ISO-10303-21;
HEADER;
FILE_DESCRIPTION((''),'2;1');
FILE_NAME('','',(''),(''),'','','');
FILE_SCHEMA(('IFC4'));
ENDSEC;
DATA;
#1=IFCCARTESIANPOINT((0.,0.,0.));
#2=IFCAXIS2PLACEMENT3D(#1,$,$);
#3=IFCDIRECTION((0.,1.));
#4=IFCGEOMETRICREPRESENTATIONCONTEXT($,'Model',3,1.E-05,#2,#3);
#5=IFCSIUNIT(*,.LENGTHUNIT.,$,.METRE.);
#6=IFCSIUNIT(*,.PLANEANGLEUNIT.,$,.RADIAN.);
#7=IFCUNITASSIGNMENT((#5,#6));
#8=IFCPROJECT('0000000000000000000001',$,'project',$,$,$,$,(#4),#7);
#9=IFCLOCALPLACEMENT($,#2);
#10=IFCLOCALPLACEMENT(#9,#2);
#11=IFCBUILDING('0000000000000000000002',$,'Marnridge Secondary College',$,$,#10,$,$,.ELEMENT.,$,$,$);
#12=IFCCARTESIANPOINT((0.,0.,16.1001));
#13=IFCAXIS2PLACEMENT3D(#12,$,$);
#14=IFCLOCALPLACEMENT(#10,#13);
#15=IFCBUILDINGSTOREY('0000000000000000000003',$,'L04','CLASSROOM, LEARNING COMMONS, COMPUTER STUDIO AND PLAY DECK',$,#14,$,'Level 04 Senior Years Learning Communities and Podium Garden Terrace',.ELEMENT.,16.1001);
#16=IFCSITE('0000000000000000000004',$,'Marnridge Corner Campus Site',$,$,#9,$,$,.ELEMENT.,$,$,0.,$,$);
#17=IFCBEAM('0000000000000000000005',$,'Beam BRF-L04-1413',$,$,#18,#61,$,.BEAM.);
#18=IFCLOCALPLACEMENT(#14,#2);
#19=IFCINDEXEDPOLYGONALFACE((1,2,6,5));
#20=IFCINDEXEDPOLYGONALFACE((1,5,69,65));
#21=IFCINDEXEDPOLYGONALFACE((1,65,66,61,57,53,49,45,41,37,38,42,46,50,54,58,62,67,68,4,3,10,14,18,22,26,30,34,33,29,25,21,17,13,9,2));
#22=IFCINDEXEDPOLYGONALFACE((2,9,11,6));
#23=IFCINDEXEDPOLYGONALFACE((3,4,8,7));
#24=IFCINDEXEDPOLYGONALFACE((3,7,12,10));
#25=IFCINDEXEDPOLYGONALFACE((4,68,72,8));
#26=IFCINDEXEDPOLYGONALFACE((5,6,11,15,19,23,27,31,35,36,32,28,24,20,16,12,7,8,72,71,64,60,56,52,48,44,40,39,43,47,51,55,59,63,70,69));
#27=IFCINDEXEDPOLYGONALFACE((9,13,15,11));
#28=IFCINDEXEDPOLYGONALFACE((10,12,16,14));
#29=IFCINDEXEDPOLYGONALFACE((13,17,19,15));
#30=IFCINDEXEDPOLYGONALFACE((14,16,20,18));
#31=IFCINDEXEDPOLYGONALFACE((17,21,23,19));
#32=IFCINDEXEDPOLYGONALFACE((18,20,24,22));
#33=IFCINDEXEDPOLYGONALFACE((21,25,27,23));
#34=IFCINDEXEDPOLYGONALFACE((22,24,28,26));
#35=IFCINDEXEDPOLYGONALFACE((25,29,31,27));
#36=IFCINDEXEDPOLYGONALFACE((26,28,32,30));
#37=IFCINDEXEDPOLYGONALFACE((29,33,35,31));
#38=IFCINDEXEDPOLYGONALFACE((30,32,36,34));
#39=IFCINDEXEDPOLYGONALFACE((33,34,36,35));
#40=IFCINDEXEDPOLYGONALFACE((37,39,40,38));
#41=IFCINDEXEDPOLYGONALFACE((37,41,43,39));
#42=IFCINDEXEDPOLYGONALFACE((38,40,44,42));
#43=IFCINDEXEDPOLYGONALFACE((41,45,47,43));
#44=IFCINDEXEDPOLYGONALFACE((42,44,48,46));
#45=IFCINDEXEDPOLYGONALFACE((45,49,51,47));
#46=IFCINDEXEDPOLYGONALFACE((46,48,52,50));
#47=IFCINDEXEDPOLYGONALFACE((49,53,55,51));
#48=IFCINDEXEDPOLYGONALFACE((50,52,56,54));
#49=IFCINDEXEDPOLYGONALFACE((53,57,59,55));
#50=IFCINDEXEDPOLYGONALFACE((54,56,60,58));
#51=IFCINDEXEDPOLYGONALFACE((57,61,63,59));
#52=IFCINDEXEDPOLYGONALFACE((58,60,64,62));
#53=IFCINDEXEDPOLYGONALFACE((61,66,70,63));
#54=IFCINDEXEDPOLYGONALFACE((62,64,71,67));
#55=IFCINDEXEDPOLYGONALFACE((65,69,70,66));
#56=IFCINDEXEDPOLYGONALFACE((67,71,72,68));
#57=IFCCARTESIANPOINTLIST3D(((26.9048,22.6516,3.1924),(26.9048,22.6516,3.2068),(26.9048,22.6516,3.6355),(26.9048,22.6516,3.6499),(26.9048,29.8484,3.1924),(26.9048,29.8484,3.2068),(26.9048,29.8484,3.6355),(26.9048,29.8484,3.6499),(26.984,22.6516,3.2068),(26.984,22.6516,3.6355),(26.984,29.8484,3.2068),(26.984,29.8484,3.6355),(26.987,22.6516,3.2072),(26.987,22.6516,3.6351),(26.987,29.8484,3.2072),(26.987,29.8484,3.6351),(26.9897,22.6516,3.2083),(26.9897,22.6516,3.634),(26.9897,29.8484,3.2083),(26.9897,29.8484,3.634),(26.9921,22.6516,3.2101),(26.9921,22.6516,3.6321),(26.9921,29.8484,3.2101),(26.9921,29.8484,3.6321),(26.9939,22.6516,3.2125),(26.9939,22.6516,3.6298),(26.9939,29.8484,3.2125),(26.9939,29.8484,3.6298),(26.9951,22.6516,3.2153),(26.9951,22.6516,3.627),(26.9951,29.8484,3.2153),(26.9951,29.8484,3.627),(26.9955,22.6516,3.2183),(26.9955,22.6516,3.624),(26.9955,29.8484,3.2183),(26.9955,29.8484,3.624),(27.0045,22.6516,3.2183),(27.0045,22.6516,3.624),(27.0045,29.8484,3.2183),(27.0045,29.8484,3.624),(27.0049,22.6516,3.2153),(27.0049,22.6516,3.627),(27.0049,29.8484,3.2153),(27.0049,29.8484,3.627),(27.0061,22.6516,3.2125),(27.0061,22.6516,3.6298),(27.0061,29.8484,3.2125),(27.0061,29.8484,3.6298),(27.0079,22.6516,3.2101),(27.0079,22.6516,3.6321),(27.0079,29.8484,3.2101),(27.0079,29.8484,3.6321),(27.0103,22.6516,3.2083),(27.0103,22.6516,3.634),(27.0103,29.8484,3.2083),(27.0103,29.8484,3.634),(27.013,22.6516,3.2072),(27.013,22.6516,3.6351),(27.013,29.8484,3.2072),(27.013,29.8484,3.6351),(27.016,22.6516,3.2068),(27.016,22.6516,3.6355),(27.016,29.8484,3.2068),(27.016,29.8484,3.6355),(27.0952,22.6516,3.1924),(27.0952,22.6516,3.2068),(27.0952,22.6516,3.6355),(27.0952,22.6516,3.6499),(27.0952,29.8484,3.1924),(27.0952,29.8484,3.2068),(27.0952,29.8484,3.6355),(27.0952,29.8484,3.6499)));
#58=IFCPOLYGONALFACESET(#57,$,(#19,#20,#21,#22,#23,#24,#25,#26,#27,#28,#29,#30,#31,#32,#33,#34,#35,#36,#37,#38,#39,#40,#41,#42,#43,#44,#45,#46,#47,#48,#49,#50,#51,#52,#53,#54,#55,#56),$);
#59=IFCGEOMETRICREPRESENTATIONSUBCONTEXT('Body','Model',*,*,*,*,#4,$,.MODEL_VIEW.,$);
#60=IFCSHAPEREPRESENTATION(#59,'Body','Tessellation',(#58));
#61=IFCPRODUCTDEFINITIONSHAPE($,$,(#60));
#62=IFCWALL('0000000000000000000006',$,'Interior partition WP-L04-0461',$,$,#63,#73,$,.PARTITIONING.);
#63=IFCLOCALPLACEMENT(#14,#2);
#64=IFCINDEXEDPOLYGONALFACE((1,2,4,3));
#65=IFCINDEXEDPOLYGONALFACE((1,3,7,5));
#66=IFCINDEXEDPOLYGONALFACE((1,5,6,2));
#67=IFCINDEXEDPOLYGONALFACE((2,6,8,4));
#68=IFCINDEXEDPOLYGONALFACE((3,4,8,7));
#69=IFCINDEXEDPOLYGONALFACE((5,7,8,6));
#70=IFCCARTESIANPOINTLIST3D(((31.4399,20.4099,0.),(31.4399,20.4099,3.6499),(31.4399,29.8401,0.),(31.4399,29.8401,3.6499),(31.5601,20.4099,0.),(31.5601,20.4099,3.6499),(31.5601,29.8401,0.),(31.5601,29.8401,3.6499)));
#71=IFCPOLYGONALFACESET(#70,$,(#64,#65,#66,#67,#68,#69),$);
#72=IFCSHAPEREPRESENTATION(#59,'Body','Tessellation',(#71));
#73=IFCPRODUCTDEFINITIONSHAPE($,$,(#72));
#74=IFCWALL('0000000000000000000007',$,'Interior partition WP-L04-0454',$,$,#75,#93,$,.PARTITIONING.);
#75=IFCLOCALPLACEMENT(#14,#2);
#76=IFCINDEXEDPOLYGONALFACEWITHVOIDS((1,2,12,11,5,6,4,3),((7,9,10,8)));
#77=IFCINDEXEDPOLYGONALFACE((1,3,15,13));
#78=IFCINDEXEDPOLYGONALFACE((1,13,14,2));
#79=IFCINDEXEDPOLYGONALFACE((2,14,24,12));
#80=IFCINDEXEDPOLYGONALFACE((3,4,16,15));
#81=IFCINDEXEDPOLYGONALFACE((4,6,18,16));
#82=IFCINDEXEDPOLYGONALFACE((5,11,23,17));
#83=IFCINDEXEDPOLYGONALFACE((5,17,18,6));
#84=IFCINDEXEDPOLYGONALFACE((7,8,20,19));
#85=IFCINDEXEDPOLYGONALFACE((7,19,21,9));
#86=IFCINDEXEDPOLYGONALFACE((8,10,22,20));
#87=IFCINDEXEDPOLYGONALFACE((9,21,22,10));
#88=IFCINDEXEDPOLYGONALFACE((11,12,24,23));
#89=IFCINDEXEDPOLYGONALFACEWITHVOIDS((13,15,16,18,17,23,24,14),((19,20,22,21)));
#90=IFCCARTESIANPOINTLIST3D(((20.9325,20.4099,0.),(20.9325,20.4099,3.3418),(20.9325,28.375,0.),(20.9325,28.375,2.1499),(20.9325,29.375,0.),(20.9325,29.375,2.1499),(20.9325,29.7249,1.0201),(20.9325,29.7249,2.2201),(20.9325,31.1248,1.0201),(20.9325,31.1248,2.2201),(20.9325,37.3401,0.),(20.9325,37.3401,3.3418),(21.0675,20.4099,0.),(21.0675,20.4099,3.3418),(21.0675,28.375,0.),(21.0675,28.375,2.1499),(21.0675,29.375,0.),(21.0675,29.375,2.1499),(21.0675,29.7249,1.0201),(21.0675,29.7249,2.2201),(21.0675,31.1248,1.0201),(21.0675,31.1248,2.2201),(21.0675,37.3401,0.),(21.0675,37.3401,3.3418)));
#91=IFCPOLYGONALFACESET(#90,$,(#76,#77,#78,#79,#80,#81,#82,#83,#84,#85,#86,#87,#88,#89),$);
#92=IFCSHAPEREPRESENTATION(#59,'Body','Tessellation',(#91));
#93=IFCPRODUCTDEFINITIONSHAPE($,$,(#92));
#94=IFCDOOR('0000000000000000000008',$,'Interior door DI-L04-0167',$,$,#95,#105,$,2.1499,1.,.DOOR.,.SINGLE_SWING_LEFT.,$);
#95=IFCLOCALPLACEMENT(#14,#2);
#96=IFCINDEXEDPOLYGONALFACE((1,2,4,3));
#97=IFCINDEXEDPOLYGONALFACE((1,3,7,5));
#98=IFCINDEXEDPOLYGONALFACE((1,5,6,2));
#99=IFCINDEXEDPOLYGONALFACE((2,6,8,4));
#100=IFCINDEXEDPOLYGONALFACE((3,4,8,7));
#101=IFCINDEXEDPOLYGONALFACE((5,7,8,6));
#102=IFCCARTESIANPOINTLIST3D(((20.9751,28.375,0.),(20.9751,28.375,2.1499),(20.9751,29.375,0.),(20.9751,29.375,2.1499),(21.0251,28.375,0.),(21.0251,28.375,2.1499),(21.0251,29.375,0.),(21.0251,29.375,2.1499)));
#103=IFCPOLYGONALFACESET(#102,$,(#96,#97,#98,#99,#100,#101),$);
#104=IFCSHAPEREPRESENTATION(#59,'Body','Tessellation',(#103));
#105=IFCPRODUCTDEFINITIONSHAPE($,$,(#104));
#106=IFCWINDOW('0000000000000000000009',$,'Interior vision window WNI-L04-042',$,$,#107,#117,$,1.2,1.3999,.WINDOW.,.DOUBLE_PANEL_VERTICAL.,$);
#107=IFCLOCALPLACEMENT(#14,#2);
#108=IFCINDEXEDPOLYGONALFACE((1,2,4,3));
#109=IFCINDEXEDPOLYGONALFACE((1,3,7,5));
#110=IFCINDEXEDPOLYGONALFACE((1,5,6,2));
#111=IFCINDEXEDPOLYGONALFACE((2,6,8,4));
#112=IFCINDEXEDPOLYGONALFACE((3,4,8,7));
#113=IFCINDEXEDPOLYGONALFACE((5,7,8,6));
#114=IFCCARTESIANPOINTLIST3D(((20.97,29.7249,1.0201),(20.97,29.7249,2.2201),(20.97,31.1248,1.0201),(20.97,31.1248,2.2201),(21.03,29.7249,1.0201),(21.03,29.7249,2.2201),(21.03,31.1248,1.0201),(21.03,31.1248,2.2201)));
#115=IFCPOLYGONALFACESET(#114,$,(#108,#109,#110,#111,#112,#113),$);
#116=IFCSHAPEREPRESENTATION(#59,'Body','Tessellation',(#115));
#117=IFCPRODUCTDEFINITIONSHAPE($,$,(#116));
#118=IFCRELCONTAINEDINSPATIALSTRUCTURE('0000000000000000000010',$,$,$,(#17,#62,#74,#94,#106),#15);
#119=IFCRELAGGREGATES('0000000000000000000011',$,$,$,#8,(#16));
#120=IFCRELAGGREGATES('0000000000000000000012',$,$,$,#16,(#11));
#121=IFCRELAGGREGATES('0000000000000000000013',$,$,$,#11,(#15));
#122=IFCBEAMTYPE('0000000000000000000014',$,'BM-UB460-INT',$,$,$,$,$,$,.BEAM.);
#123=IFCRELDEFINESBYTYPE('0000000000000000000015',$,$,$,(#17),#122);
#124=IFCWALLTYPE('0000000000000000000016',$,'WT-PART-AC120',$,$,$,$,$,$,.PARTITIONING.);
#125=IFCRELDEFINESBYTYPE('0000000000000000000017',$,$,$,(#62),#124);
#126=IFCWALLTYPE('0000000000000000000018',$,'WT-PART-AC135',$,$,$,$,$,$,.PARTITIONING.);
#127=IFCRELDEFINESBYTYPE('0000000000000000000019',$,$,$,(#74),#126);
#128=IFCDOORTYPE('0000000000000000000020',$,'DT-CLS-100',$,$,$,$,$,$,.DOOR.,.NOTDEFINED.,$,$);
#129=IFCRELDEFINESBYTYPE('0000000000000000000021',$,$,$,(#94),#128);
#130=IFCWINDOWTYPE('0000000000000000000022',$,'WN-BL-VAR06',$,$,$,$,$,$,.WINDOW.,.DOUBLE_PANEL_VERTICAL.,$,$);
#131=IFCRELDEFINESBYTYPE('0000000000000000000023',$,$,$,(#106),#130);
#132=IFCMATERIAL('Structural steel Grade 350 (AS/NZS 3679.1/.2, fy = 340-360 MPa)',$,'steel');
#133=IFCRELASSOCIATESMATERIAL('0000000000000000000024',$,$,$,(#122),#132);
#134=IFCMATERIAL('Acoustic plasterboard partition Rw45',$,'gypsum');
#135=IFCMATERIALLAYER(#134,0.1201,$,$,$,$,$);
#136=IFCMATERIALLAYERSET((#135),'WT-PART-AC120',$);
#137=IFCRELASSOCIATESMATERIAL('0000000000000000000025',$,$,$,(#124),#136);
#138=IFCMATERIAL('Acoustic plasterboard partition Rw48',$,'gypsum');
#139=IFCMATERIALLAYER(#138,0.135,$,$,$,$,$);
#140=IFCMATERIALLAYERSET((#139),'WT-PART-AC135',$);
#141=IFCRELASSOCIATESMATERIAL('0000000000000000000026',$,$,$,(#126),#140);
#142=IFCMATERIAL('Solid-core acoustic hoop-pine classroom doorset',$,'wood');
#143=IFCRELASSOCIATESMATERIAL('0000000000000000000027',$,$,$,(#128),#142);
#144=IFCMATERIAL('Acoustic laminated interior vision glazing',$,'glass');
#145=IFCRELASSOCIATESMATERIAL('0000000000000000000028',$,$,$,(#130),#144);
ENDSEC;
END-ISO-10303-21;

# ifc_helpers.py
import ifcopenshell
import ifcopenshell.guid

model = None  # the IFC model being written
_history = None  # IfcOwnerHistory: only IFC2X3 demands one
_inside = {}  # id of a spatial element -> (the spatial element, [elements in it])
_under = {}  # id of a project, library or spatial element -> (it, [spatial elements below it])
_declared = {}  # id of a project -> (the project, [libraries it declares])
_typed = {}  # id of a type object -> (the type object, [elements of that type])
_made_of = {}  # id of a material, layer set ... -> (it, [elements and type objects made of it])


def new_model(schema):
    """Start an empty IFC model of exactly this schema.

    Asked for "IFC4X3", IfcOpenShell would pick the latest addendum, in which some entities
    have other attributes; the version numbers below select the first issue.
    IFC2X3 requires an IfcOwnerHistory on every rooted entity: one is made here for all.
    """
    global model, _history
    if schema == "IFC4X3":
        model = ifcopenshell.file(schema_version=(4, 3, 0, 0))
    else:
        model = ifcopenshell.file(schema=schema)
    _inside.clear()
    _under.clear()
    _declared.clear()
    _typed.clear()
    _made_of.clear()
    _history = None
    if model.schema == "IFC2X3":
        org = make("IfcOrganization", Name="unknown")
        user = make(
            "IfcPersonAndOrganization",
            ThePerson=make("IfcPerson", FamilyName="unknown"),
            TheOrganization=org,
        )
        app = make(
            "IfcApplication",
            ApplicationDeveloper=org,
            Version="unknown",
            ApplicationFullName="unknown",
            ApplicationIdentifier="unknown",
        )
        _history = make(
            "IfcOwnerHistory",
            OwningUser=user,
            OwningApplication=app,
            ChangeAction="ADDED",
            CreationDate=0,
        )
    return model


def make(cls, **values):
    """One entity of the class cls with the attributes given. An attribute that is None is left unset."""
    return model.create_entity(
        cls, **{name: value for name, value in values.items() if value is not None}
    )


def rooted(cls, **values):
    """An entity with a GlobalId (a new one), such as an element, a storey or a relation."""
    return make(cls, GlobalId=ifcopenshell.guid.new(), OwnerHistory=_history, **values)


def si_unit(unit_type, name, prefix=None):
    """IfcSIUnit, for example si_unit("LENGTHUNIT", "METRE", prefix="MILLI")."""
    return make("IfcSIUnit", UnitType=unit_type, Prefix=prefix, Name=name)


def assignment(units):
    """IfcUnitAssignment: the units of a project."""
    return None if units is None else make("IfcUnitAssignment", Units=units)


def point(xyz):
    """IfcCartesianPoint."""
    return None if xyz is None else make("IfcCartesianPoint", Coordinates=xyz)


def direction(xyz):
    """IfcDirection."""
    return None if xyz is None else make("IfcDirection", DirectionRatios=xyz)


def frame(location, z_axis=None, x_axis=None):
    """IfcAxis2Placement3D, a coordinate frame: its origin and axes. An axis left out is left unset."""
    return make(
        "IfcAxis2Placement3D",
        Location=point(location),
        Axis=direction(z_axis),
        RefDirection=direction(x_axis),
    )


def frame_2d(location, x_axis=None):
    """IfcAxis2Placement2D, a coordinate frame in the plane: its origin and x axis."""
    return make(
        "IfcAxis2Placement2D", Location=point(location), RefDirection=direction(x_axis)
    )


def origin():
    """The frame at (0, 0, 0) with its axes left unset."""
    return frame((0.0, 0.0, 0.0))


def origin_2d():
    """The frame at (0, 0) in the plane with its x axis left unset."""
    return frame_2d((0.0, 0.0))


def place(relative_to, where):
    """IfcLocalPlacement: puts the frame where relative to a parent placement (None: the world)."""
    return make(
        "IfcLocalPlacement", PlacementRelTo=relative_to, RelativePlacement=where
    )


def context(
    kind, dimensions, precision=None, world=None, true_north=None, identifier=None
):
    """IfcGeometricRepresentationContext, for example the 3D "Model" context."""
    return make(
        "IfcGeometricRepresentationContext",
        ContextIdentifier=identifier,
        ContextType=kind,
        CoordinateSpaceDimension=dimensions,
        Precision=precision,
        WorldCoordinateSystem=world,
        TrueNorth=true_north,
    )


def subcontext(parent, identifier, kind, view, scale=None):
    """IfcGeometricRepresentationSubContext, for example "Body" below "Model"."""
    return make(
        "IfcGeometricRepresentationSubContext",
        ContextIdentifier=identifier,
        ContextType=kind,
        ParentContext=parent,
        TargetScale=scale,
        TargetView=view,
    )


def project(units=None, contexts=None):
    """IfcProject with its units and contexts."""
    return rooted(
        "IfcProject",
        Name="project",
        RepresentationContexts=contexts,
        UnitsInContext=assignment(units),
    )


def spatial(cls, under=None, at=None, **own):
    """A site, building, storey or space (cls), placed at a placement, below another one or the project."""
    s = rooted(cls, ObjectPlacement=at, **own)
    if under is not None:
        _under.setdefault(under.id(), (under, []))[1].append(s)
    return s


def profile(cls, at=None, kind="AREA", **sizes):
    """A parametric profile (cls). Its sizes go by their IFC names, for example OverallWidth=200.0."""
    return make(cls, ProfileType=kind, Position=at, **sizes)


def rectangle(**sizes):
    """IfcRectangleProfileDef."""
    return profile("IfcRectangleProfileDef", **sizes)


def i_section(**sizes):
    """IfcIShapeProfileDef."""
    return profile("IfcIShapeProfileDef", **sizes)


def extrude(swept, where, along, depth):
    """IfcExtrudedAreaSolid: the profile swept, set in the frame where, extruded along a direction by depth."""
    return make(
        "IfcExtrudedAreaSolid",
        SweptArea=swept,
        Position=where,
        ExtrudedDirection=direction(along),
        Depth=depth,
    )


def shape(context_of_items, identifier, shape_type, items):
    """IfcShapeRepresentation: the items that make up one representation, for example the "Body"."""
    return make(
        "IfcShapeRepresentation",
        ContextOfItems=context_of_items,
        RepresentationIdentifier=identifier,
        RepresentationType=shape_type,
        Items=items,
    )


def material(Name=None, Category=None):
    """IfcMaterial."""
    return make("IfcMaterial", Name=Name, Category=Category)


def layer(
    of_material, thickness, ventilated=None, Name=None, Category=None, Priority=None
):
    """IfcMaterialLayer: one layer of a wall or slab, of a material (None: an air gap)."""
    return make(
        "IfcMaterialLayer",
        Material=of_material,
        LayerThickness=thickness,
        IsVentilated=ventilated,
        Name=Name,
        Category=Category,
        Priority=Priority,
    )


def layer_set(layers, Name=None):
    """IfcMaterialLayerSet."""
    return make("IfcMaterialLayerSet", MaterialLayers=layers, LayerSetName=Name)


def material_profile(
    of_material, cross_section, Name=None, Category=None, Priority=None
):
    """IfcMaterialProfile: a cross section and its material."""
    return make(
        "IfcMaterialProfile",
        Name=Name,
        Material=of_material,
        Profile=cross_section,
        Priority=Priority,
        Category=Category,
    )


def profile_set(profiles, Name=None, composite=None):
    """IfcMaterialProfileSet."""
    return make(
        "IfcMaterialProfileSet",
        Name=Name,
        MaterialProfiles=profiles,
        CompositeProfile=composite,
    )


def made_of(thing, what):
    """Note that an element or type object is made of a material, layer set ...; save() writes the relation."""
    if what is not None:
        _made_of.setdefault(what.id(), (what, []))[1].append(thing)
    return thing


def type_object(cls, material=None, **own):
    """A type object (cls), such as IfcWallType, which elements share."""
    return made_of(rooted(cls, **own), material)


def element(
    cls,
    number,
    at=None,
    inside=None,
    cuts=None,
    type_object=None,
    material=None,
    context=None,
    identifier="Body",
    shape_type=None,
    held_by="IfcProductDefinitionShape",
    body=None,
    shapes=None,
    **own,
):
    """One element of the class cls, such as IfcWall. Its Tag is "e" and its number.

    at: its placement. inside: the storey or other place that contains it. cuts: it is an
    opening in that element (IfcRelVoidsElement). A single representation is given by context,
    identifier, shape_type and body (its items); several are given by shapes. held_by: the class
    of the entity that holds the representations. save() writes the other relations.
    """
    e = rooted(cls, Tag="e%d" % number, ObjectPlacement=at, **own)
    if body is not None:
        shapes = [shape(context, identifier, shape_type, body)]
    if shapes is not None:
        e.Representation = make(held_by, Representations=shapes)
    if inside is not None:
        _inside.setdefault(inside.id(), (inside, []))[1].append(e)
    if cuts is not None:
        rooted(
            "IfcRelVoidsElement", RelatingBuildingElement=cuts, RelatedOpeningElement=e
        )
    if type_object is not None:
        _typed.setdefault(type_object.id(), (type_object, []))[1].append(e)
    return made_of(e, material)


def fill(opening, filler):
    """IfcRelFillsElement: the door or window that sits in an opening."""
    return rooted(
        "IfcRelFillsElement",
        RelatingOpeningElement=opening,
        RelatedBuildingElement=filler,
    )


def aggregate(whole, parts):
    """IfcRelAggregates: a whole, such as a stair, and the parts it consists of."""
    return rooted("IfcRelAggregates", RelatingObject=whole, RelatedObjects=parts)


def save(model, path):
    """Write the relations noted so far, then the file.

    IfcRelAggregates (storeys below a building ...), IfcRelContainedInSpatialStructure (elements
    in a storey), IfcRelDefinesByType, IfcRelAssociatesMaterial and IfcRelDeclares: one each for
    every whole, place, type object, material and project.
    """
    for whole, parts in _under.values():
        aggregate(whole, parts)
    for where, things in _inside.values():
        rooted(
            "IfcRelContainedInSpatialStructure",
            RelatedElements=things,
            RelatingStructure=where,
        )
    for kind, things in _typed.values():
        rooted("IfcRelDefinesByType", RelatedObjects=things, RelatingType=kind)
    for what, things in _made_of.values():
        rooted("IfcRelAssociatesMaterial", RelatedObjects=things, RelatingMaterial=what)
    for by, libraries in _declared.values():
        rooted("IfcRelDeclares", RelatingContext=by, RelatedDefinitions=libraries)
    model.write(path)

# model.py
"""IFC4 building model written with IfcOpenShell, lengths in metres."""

from ifc_helpers import new_model, si_unit, direction, frame, frame_2d, origin, origin_2d, place, context, subcontext, project, spatial, rectangle, i_section, extrude, material, layer, layer_set, material_profile, profile_set, type_object, element, fill, save


model = new_model("IFC4")

# Units and contexts
model_context = context("Model", 3, precision=1e-05, world=origin(), true_north=direction((0.0, 1.0)))
body_context = subcontext(model_context, "Body", "Model", "MODEL_VIEW")
ifc_project = project(units=[si_unit("LENGTHUNIT", "METRE"), si_unit("PLANEANGLEUNIT", "RADIAN")], contexts=[model_context])

# Site, building, storey
site_placement = place(None, origin())
site = spatial("IfcSite", under=ifc_project, at=site_placement, Name="Marnridge Corner Campus Site", CompositionType="ELEMENT", RefElevation=0.0)
building_placement = place(site_placement, origin())
building = spatial("IfcBuilding", under=site, at=building_placement, Name="Marnridge Secondary College", CompositionType="ELEMENT")
storey_placement = place(building_placement, frame((0.0, 0.0, 16.1001)))
storey = spatial("IfcBuildingStorey", under=building, at=storey_placement, Name="L04", Description="CLASSROOM, LEARNING COMMONS, COMPUTER STUDIO AND PLAY DECK", LongName="Level 04 Senior Years Learning Communities and Podium Garden Terrace", CompositionType="ELEMENT", Elevation=16.1001)

# Beam
ifc_material_1 = material(Name="Structural steel Grade 350 (AS/NZS 3679.1/.2, fy = 340-360 MPa)", Category="steel")
ifc_material_profile_1 = material_profile(ifc_material_1, i_section(OverallWidth=0.1904, OverallDepth=0.4575, WebThickness=0.009, FlangeThickness=0.0144, FilletRadius=0.0115, at=origin_2d()), Name="460UB74.6")
ifc_profile_set_1 = profile_set([ifc_material_profile_1], Name="Structural steel Grade 350 (AS/NZS 3679.1/.2, fy = 340-360 MPa)")
beam_type_1 = type_object("IfcBeamType", Name="BM-UB460-INT", PredefinedType="BEAM", material=ifc_profile_set_1)
for number, where, z_axis, x_axis, name in (
    (1, (27.0, 22.6516, 3.4211), (0.0, 1.0, 0.0), (-1.0, 0.0, 0.0), "Beam BRF-L04-1413"),
):
    element("IfcBeam", number, at=place(storey_placement, frame(where, z_axis=z_axis, x_axis=x_axis)), inside=storey, type_object=beam_type_1, Name=name, PredefinedType="BEAM", context=body_context, shape_type="SweptSolid", body=[
        extrude(i_section(OverallWidth=0.1904, OverallDepth=0.4575, WebThickness=0.009, FlangeThickness=0.0144, FilletRadius=0.0115, at=origin_2d()), origin(), (0.0, 0.0, 1.0), 7.1968),
    ])

# Wall
ifc_material_2 = material(Name="Acoustic plasterboard partition Rw45", Category="gypsum")
ifc_layer_1 = layer(ifc_material_2, 0.1201)
ifc_layer_set_1 = layer_set([ifc_layer_1], Name="WT-PART-AC120")
wall_type_1 = type_object("IfcWallType", Name="WT-PART-AC120", PredefinedType="PARTITIONING", material=ifc_layer_set_1)
wall_1_placement = place(storey_placement, frame((31.5, 20.4099, 0.0), z_axis=(0.0, 0.0, 1.0), x_axis=(0.0, 1.0, 0.0)))
element("IfcWall", 2, at=wall_1_placement, inside=storey, type_object=wall_type_1, Name="Interior partition WP-L04-0461", PredefinedType="PARTITIONING", context=body_context, shape_type="SweptSolid", body=[
    extrude(rectangle(XDim=9.4302, YDim=0.1201, at=frame_2d((4.7151, 0.0))), origin(), (0.0, 0.0, 1.0), 3.6499),
])

# Wall, openings, door, window
ifc_material_3 = material(Name="Acoustic plasterboard partition Rw48", Category="gypsum")
ifc_layer_2 = layer(ifc_material_3, 0.135)
ifc_layer_set_2 = layer_set([ifc_layer_2], Name="WT-PART-AC135")
wall_type_2 = type_object("IfcWallType", Name="WT-PART-AC135", PredefinedType="PARTITIONING", material=ifc_layer_set_2)
wall_2_placement = place(storey_placement, frame((21.0, 20.4099, 0.0), z_axis=(0.0, 0.0, 1.0), x_axis=(0.0, 1.0, 0.0)))
wall_2 = element("IfcWall", 3, at=wall_2_placement, inside=storey, type_object=wall_type_2, Name="Interior partition WP-L04-0454", PredefinedType="PARTITIONING", context=body_context, shape_type="SweptSolid", body=[
    extrude(rectangle(XDim=16.9302, YDim=0.135, at=frame_2d((8.4651, 0.0))), origin(), (0.0, 0.0, 1.0), 3.3418),
])
opening_1_placement = place(wall_2_placement, frame((7.9651, 0.0, 0.0)))
opening_1 = element("IfcOpeningElement", 4, at=opening_1_placement, cuts=wall_2, PredefinedType="OPENING", context=body_context, shape_type="SweptSolid", body=[
    extrude(rectangle(XDim=1.0, YDim=2.1499, at=frame_2d((0.5, 1.075))), frame((0.0, 0.0774, 0.0), z_axis=(0.0, -1.0, 0.0), x_axis=(1.0, 0.0, 0.0)), (0.0, 0.0, 1.0), 0.155),
])
opening_2_placement = place(wall_2_placement, frame((9.3149, 0.0, 1.02)))
opening_2 = element("IfcOpeningElement", 5, at=opening_2_placement, cuts=wall_2, PredefinedType="OPENING", context=body_context, shape_type="SweptSolid", body=[
    extrude(rectangle(XDim=1.3999, YDim=1.2, at=frame_2d((0.7, 0.6001))), frame((0.0, 0.0774, 0.0), z_axis=(0.0, -1.0, 0.0), x_axis=(1.0, 0.0, 0.0)), (0.0, 0.0, 1.0), 0.155),
])
ifc_material_4 = material(Name="Solid-core acoustic hoop-pine classroom doorset", Category="wood")
door_type = type_object("IfcDoorType", Name="DT-CLS-100", OperationType="NOTDEFINED", PredefinedType="DOOR", material=ifc_material_4)
door_placement = place(opening_1_placement, origin())
door = element("IfcDoor", 6, at=door_placement, inside=storey, type_object=door_type, Name="Interior door DI-L04-0167", OperationType="SINGLE_SWING_LEFT", OverallHeight=2.1499, OverallWidth=1.0, PredefinedType="DOOR", context=body_context, shape_type="SweptSolid", body=[
    extrude(rectangle(XDim=1.0, YDim=2.1499, at=frame_2d((0.5, 1.075))), frame((0.0, 0.0249, 0.0), z_axis=(0.0, -1.0, 0.0), x_axis=(1.0, 0.0, 0.0)), (0.0, 0.0, 1.0), 0.05),
])
fill(opening_1, door)
ifc_material_5 = material(Name="Acoustic laminated interior vision glazing", Category="glass")
window_type = type_object("IfcWindowType", Name="WN-BL-VAR06", PartitioningType="DOUBLE_PANEL_VERTICAL", PredefinedType="WINDOW", material=ifc_material_5)
window_placement = place(opening_2_placement, origin())
window = element("IfcWindow", 7, at=window_placement, inside=storey, type_object=window_type, Name="Interior vision window WNI-L04-042", OverallHeight=1.2, OverallWidth=1.3999, PartitioningType="DOUBLE_PANEL_VERTICAL", PredefinedType="WINDOW", context=body_context, shape_type="SweptSolid", body=[
    extrude(rectangle(XDim=1.3999, YDim=1.2, at=frame_2d((0.7, 0.6001))), frame((0.0, 0.03, 0.0), z_axis=(0.0, -1.0, 0.0), x_axis=(1.0, 0.0, 0.0)), (0.0, 0.0, 1.0), 0.0601),
])
fill(opening_2, window)

save(model, "model.ifc")
